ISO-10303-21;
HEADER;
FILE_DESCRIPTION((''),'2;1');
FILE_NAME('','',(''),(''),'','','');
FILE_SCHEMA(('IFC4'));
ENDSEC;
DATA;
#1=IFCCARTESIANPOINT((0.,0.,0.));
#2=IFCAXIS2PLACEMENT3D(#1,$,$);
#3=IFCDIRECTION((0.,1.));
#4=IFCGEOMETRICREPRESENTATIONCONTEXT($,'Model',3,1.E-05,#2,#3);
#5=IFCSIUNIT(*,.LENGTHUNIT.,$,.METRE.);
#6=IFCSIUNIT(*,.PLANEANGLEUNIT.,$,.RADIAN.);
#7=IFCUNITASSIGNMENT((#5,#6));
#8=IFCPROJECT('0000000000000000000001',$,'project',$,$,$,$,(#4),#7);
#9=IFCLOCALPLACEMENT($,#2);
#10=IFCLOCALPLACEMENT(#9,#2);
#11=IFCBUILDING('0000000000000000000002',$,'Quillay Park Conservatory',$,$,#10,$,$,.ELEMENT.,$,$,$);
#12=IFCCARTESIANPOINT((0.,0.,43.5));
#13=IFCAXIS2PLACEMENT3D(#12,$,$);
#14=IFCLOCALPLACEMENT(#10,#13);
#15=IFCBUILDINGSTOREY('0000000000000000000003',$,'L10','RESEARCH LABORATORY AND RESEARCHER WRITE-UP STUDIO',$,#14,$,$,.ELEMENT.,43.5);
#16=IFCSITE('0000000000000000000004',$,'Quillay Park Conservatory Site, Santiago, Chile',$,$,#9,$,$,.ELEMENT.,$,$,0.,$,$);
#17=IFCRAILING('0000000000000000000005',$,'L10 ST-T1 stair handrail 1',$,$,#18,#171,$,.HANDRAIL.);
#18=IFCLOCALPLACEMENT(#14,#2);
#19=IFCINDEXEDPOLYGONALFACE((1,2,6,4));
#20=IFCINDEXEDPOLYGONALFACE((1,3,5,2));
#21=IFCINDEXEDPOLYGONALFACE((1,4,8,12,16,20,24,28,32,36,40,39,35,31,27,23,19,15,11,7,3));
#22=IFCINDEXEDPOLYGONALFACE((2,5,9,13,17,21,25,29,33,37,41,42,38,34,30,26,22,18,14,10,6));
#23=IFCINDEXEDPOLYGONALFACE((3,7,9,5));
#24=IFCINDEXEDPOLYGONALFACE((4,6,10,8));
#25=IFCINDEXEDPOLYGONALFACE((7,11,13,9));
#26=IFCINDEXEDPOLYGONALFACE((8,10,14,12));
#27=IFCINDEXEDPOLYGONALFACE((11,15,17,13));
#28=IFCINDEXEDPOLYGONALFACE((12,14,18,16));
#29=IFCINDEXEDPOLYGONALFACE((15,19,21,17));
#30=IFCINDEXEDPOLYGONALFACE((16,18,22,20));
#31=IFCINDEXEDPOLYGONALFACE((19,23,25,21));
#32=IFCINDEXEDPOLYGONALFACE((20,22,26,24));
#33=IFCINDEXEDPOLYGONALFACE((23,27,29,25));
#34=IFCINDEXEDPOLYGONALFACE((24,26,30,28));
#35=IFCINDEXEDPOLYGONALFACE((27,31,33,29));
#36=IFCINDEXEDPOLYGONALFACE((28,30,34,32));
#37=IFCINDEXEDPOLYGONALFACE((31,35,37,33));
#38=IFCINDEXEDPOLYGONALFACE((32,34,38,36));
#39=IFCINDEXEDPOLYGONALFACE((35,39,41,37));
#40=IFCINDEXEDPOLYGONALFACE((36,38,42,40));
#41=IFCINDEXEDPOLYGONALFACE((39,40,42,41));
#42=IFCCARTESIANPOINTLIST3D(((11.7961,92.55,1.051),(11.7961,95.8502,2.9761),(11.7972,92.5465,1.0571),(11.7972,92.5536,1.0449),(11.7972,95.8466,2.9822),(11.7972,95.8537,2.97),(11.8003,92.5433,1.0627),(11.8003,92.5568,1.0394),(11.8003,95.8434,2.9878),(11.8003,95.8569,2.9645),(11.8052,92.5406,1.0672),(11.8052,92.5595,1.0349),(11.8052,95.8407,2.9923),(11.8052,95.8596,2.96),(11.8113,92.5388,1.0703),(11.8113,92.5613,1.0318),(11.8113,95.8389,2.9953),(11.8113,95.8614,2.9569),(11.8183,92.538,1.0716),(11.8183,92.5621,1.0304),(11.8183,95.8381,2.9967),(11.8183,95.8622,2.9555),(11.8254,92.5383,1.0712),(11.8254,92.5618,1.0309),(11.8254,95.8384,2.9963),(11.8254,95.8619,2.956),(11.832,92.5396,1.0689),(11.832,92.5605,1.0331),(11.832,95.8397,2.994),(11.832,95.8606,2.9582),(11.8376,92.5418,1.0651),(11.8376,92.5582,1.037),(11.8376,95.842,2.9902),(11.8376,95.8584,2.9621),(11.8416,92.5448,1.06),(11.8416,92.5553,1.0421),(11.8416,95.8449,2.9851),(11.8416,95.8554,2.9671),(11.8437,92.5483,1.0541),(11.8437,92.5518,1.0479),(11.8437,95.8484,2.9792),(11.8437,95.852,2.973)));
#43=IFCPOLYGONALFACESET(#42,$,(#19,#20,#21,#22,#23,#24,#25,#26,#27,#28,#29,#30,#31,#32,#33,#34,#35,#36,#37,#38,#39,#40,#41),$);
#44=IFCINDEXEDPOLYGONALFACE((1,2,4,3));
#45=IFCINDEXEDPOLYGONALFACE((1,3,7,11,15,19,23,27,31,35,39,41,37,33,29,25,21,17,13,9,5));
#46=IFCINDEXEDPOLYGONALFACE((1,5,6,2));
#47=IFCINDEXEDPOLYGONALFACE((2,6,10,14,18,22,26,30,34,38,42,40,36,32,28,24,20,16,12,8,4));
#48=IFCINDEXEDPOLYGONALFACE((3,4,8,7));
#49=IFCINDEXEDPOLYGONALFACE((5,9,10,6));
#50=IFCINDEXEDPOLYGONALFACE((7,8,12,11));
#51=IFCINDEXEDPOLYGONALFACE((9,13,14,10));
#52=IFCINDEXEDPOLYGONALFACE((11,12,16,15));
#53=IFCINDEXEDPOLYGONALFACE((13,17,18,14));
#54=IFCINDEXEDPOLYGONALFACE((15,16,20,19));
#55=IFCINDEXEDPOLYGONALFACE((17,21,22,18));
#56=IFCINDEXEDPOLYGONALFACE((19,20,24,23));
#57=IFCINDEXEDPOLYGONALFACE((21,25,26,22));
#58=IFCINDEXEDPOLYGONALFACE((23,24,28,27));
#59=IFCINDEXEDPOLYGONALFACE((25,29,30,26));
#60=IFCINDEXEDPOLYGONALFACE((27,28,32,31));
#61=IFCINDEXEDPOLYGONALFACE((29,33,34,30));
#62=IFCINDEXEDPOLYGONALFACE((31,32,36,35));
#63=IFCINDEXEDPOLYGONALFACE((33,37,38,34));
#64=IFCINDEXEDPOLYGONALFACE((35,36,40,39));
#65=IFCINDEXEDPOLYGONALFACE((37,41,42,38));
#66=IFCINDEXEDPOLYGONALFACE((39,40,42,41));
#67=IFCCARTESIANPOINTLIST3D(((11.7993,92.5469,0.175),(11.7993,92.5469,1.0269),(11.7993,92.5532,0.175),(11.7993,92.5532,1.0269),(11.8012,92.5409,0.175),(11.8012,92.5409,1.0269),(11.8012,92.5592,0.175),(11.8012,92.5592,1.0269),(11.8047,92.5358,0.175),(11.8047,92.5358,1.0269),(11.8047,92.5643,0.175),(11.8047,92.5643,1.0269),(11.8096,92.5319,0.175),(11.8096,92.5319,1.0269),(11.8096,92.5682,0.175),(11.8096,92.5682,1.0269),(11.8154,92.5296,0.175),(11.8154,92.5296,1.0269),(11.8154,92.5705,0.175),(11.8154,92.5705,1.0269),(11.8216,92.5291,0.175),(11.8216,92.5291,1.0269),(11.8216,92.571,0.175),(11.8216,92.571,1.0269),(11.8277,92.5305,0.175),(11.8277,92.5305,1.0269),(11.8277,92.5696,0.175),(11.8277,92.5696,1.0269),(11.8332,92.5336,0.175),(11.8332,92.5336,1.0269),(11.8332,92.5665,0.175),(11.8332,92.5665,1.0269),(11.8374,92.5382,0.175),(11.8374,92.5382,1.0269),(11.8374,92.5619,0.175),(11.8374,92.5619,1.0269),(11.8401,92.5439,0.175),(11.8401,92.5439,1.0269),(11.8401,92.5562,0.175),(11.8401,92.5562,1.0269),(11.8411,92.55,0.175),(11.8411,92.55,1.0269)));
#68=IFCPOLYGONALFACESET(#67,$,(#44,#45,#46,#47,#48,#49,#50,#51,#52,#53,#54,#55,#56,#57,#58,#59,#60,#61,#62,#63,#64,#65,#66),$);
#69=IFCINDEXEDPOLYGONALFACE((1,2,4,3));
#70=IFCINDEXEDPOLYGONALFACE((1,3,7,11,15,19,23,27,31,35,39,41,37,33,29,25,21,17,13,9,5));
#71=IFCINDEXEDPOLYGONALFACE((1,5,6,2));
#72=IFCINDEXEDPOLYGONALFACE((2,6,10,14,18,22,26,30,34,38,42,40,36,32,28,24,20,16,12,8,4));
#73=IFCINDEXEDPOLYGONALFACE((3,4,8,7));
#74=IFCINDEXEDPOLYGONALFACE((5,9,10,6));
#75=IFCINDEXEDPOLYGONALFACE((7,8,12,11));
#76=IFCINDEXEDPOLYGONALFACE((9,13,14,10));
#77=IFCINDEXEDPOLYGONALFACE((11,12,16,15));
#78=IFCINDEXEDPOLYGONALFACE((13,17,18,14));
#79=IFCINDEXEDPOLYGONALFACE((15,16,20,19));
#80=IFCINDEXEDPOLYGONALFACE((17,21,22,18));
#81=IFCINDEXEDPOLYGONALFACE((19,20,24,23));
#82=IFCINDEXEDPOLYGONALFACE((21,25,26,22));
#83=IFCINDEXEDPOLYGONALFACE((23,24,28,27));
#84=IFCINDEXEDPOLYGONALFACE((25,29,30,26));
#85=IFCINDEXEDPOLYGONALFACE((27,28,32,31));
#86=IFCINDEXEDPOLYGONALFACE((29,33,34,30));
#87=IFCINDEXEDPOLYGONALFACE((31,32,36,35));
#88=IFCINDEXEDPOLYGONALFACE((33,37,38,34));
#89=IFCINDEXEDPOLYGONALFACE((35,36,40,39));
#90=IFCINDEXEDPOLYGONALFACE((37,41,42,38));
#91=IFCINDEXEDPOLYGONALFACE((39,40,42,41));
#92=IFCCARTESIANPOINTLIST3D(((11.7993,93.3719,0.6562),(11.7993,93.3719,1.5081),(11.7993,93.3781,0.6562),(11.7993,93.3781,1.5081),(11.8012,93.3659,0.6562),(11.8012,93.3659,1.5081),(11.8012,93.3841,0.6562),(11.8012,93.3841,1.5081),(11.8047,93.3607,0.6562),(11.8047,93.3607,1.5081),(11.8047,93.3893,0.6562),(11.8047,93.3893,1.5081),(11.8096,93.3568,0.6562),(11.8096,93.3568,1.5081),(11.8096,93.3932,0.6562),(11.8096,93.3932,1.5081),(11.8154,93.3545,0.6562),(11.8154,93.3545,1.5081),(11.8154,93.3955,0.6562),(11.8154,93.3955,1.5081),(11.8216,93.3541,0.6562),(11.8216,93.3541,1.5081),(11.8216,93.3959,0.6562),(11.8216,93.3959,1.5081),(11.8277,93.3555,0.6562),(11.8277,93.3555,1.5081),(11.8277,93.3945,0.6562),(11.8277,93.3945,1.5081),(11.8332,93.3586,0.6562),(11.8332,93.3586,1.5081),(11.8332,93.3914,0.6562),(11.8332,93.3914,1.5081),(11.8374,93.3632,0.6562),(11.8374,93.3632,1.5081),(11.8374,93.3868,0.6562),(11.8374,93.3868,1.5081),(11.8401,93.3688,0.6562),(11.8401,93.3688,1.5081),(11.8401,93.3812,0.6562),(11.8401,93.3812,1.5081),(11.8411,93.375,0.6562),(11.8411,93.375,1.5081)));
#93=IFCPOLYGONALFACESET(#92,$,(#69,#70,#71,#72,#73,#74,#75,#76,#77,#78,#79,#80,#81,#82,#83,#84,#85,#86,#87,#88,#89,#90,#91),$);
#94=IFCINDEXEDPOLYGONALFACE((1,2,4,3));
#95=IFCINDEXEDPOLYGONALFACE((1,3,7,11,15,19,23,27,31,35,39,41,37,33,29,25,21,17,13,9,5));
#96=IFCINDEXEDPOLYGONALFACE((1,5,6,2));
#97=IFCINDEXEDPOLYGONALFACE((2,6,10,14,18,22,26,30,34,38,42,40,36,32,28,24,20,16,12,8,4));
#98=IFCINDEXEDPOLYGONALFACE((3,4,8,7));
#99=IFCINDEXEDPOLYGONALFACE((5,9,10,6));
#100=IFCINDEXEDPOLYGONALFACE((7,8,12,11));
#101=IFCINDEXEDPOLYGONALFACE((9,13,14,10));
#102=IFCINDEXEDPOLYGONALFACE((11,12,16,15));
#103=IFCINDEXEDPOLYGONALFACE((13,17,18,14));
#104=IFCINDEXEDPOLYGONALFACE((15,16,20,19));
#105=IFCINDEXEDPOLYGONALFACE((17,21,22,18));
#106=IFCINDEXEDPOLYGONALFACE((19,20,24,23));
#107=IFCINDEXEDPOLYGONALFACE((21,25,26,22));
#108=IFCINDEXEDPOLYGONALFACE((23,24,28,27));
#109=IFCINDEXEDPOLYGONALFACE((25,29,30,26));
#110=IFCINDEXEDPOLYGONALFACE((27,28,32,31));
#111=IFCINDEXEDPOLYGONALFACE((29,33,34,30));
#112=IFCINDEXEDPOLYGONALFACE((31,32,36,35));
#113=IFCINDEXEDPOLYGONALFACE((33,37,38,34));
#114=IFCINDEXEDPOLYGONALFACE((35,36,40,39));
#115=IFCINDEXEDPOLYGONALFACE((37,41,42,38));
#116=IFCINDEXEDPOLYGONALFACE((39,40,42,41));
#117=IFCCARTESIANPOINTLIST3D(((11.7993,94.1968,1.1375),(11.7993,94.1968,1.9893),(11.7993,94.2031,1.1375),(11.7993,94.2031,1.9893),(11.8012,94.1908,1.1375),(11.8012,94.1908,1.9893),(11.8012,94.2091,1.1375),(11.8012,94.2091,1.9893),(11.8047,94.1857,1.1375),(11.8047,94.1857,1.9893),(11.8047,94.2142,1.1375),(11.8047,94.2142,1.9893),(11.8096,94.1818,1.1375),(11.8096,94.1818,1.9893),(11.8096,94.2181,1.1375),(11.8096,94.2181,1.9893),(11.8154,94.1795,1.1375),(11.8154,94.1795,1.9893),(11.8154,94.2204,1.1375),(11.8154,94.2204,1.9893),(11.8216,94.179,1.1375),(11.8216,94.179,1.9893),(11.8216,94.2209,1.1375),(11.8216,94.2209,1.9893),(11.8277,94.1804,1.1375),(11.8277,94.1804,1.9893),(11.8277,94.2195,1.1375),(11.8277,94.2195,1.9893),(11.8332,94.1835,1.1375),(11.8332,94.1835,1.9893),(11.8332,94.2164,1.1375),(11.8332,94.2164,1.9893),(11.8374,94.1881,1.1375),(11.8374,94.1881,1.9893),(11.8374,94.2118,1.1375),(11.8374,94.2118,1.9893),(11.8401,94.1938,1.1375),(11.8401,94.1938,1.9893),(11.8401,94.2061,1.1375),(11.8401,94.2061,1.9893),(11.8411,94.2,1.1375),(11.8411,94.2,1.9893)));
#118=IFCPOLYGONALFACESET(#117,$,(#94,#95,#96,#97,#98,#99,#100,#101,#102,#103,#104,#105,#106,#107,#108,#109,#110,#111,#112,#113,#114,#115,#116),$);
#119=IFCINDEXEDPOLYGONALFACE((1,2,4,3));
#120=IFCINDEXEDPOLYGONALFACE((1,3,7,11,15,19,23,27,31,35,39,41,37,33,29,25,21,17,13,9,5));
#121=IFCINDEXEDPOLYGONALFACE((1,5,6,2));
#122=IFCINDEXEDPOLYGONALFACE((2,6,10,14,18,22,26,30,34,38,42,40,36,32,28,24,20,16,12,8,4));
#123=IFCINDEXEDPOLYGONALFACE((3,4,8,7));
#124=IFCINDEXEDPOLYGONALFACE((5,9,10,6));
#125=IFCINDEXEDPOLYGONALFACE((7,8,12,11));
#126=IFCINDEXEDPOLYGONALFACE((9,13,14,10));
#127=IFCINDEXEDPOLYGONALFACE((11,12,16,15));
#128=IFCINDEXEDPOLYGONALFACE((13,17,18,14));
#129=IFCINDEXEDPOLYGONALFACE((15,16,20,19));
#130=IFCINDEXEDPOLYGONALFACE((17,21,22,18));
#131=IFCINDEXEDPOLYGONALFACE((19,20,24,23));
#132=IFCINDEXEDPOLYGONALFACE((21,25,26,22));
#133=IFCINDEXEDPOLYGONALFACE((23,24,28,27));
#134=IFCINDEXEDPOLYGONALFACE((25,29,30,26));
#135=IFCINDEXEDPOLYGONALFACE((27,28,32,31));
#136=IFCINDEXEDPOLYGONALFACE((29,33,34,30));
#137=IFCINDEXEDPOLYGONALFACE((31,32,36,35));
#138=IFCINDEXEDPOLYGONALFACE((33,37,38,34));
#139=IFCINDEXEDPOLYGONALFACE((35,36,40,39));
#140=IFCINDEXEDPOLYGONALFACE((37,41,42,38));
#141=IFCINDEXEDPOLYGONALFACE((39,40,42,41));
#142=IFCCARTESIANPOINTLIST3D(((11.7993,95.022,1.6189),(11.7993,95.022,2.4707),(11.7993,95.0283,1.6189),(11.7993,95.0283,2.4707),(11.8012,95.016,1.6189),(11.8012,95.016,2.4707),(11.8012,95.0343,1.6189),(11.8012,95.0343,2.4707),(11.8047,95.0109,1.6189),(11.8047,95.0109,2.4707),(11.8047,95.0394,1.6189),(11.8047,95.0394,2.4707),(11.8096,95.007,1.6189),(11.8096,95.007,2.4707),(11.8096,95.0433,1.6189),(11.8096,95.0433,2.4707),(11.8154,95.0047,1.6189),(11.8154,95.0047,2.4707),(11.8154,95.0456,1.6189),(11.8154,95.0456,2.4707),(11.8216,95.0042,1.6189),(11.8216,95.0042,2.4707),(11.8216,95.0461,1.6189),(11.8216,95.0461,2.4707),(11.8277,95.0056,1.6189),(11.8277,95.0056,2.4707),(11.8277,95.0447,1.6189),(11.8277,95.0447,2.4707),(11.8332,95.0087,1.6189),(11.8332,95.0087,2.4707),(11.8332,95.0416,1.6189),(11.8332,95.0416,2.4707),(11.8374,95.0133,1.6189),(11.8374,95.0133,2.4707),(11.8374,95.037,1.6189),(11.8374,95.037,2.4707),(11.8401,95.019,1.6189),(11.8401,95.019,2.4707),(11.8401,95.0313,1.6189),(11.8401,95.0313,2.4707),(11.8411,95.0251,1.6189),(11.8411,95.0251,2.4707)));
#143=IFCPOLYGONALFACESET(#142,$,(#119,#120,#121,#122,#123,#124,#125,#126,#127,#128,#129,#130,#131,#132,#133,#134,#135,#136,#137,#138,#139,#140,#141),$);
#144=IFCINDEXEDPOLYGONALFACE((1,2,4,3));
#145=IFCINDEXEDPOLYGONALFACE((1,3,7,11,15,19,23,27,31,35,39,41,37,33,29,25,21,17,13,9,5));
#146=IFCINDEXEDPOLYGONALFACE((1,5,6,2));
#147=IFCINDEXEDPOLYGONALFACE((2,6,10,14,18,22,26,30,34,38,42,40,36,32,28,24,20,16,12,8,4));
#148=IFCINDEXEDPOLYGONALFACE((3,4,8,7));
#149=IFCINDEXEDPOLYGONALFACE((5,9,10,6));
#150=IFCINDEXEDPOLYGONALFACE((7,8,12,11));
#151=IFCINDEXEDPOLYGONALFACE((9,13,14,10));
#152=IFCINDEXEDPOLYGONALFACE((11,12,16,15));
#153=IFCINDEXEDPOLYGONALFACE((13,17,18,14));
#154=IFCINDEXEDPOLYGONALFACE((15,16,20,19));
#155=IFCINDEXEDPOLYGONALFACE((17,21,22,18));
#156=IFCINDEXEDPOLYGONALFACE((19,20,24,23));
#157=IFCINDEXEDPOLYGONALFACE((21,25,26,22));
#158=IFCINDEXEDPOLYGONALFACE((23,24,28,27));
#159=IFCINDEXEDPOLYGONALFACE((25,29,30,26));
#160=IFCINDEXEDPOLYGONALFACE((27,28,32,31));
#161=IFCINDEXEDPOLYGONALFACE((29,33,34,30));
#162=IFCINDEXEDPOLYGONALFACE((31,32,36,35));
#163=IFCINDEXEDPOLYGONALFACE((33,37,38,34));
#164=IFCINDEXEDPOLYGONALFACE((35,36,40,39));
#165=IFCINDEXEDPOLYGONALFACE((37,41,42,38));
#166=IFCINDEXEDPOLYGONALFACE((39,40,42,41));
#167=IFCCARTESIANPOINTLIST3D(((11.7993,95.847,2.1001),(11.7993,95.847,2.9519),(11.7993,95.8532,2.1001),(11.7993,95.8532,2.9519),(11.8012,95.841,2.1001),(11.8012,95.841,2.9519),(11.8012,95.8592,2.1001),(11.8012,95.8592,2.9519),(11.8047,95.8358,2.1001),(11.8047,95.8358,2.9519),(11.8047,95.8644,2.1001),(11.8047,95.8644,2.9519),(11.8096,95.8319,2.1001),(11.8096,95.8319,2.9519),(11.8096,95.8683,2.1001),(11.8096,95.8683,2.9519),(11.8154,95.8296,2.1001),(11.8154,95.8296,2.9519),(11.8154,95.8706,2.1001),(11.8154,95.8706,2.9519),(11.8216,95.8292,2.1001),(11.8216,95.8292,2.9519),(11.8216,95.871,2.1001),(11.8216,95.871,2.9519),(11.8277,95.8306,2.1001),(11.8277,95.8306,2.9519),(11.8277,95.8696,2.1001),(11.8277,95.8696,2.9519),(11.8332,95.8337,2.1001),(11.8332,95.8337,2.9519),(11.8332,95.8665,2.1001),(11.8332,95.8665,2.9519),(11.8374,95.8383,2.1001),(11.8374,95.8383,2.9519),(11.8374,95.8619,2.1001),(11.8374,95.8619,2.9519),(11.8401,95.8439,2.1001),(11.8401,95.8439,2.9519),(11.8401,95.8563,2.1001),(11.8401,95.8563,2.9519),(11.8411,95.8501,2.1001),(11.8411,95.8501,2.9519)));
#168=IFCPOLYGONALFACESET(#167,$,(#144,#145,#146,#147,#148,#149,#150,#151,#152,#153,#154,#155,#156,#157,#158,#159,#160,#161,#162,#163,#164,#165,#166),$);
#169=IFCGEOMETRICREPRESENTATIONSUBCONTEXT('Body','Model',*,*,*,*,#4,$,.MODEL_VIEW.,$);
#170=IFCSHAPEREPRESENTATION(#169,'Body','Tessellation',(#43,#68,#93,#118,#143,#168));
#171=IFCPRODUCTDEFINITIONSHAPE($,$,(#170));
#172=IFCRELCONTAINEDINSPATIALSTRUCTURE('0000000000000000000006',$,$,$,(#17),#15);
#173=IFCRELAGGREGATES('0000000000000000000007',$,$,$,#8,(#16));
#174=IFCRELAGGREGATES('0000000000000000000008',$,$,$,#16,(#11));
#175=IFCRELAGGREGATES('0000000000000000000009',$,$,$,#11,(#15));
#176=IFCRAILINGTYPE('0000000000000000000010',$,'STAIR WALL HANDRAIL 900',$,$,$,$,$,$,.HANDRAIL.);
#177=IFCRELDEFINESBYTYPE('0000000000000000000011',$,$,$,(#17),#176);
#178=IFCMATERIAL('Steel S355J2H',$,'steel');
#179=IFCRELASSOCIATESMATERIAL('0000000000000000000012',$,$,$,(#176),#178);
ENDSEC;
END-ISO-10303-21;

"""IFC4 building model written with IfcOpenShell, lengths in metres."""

from ifc_helpers import new_model, si_unit, direction, frame, origin, origin_2d, place, context, subcontext, project, spatial, circle, extrude, material, type_object, element, save


model = new_model("IFC4")

# Units and contexts
model_context = context("Model", 3, precision=1e-05, world=origin(), true_north=direction((0.0, 1.0)))
body_context = subcontext(model_context, "Body", "Model", "MODEL_VIEW")
ifc_project = project(units=[si_unit("LENGTHUNIT", "METRE"), si_unit("PLANEANGLEUNIT", "RADIAN")], contexts=[model_context])

# Site, building, storey
site_placement = place(None, origin())
site = spatial("IfcSite", under=ifc_project, at=site_placement, Name="Quillay Park Conservatory Site, Santiago, Chile", CompositionType="ELEMENT", RefElevation=0.0)
building_placement = place(site_placement, origin())
building = spatial("IfcBuilding", under=site, at=building_placement, Name="Quillay Park Conservatory", CompositionType="ELEMENT")
storey_placement = place(building_placement, frame((0.0, 0.0, 43.5)))
storey = spatial("IfcBuildingStorey", under=building, at=storey_placement, Name="L10", Description="RESEARCH LABORATORY AND RESEARCHER WRITE-UP STUDIO", CompositionType="ELEMENT", Elevation=43.5)

# Railing
ifc_material_1 = material(Name="Steel S355J2H", Category="steel")
railing_type_1 = type_object("IfcRailingType", Name="STAIR WALL HANDRAIL 900", PredefinedType="HANDRAIL", material=ifc_material_1)
railing_1_placement = place(storey_placement, frame((11.8201, 92.55, 0.175)))
element("IfcRailing", 1, at=railing_1_placement, inside=storey, type_object=railing_type_1, Name="L10 ST-T1 stair handrail 1", PredefinedType="HANDRAIL", context=body_context, shape_type="SweptSolid", body=[
    extrude(circle(Radius=0.0239, at=origin_2d()), frame((0.0, 0.0, 0.876), z_axis=(0.0, 0.863777, 0.503875), x_axis=(-1.0, 0.0, 0.0)), (0.0, 0.0, 1.0), 3.8206),
    extrude(circle(Radius=0.021, at=origin_2d()), origin(), (0.0, 0.0, 1.0), 0.8518),
    extrude(circle(Radius=0.021, at=origin_2d()), frame((0.0, 0.825, 0.4812)), (0.0, 0.0, 1.0), 0.8518),
    extrude(circle(Radius=0.021, at=origin_2d()), frame((0.0, 1.6499, 0.9624)), (0.0, 0.0, 1.0), 0.8518),
    extrude(circle(Radius=0.021, at=origin_2d()), frame((0.0, 2.4751, 1.4438)), (0.0, 0.0, 1.0), 0.8518),
    extrude(circle(Radius=0.021, at=origin_2d()), frame((0.0, 3.3, 1.925)), (0.0, 0.0, 1.0), 0.8518),
])

save(model, "model.ifc")
